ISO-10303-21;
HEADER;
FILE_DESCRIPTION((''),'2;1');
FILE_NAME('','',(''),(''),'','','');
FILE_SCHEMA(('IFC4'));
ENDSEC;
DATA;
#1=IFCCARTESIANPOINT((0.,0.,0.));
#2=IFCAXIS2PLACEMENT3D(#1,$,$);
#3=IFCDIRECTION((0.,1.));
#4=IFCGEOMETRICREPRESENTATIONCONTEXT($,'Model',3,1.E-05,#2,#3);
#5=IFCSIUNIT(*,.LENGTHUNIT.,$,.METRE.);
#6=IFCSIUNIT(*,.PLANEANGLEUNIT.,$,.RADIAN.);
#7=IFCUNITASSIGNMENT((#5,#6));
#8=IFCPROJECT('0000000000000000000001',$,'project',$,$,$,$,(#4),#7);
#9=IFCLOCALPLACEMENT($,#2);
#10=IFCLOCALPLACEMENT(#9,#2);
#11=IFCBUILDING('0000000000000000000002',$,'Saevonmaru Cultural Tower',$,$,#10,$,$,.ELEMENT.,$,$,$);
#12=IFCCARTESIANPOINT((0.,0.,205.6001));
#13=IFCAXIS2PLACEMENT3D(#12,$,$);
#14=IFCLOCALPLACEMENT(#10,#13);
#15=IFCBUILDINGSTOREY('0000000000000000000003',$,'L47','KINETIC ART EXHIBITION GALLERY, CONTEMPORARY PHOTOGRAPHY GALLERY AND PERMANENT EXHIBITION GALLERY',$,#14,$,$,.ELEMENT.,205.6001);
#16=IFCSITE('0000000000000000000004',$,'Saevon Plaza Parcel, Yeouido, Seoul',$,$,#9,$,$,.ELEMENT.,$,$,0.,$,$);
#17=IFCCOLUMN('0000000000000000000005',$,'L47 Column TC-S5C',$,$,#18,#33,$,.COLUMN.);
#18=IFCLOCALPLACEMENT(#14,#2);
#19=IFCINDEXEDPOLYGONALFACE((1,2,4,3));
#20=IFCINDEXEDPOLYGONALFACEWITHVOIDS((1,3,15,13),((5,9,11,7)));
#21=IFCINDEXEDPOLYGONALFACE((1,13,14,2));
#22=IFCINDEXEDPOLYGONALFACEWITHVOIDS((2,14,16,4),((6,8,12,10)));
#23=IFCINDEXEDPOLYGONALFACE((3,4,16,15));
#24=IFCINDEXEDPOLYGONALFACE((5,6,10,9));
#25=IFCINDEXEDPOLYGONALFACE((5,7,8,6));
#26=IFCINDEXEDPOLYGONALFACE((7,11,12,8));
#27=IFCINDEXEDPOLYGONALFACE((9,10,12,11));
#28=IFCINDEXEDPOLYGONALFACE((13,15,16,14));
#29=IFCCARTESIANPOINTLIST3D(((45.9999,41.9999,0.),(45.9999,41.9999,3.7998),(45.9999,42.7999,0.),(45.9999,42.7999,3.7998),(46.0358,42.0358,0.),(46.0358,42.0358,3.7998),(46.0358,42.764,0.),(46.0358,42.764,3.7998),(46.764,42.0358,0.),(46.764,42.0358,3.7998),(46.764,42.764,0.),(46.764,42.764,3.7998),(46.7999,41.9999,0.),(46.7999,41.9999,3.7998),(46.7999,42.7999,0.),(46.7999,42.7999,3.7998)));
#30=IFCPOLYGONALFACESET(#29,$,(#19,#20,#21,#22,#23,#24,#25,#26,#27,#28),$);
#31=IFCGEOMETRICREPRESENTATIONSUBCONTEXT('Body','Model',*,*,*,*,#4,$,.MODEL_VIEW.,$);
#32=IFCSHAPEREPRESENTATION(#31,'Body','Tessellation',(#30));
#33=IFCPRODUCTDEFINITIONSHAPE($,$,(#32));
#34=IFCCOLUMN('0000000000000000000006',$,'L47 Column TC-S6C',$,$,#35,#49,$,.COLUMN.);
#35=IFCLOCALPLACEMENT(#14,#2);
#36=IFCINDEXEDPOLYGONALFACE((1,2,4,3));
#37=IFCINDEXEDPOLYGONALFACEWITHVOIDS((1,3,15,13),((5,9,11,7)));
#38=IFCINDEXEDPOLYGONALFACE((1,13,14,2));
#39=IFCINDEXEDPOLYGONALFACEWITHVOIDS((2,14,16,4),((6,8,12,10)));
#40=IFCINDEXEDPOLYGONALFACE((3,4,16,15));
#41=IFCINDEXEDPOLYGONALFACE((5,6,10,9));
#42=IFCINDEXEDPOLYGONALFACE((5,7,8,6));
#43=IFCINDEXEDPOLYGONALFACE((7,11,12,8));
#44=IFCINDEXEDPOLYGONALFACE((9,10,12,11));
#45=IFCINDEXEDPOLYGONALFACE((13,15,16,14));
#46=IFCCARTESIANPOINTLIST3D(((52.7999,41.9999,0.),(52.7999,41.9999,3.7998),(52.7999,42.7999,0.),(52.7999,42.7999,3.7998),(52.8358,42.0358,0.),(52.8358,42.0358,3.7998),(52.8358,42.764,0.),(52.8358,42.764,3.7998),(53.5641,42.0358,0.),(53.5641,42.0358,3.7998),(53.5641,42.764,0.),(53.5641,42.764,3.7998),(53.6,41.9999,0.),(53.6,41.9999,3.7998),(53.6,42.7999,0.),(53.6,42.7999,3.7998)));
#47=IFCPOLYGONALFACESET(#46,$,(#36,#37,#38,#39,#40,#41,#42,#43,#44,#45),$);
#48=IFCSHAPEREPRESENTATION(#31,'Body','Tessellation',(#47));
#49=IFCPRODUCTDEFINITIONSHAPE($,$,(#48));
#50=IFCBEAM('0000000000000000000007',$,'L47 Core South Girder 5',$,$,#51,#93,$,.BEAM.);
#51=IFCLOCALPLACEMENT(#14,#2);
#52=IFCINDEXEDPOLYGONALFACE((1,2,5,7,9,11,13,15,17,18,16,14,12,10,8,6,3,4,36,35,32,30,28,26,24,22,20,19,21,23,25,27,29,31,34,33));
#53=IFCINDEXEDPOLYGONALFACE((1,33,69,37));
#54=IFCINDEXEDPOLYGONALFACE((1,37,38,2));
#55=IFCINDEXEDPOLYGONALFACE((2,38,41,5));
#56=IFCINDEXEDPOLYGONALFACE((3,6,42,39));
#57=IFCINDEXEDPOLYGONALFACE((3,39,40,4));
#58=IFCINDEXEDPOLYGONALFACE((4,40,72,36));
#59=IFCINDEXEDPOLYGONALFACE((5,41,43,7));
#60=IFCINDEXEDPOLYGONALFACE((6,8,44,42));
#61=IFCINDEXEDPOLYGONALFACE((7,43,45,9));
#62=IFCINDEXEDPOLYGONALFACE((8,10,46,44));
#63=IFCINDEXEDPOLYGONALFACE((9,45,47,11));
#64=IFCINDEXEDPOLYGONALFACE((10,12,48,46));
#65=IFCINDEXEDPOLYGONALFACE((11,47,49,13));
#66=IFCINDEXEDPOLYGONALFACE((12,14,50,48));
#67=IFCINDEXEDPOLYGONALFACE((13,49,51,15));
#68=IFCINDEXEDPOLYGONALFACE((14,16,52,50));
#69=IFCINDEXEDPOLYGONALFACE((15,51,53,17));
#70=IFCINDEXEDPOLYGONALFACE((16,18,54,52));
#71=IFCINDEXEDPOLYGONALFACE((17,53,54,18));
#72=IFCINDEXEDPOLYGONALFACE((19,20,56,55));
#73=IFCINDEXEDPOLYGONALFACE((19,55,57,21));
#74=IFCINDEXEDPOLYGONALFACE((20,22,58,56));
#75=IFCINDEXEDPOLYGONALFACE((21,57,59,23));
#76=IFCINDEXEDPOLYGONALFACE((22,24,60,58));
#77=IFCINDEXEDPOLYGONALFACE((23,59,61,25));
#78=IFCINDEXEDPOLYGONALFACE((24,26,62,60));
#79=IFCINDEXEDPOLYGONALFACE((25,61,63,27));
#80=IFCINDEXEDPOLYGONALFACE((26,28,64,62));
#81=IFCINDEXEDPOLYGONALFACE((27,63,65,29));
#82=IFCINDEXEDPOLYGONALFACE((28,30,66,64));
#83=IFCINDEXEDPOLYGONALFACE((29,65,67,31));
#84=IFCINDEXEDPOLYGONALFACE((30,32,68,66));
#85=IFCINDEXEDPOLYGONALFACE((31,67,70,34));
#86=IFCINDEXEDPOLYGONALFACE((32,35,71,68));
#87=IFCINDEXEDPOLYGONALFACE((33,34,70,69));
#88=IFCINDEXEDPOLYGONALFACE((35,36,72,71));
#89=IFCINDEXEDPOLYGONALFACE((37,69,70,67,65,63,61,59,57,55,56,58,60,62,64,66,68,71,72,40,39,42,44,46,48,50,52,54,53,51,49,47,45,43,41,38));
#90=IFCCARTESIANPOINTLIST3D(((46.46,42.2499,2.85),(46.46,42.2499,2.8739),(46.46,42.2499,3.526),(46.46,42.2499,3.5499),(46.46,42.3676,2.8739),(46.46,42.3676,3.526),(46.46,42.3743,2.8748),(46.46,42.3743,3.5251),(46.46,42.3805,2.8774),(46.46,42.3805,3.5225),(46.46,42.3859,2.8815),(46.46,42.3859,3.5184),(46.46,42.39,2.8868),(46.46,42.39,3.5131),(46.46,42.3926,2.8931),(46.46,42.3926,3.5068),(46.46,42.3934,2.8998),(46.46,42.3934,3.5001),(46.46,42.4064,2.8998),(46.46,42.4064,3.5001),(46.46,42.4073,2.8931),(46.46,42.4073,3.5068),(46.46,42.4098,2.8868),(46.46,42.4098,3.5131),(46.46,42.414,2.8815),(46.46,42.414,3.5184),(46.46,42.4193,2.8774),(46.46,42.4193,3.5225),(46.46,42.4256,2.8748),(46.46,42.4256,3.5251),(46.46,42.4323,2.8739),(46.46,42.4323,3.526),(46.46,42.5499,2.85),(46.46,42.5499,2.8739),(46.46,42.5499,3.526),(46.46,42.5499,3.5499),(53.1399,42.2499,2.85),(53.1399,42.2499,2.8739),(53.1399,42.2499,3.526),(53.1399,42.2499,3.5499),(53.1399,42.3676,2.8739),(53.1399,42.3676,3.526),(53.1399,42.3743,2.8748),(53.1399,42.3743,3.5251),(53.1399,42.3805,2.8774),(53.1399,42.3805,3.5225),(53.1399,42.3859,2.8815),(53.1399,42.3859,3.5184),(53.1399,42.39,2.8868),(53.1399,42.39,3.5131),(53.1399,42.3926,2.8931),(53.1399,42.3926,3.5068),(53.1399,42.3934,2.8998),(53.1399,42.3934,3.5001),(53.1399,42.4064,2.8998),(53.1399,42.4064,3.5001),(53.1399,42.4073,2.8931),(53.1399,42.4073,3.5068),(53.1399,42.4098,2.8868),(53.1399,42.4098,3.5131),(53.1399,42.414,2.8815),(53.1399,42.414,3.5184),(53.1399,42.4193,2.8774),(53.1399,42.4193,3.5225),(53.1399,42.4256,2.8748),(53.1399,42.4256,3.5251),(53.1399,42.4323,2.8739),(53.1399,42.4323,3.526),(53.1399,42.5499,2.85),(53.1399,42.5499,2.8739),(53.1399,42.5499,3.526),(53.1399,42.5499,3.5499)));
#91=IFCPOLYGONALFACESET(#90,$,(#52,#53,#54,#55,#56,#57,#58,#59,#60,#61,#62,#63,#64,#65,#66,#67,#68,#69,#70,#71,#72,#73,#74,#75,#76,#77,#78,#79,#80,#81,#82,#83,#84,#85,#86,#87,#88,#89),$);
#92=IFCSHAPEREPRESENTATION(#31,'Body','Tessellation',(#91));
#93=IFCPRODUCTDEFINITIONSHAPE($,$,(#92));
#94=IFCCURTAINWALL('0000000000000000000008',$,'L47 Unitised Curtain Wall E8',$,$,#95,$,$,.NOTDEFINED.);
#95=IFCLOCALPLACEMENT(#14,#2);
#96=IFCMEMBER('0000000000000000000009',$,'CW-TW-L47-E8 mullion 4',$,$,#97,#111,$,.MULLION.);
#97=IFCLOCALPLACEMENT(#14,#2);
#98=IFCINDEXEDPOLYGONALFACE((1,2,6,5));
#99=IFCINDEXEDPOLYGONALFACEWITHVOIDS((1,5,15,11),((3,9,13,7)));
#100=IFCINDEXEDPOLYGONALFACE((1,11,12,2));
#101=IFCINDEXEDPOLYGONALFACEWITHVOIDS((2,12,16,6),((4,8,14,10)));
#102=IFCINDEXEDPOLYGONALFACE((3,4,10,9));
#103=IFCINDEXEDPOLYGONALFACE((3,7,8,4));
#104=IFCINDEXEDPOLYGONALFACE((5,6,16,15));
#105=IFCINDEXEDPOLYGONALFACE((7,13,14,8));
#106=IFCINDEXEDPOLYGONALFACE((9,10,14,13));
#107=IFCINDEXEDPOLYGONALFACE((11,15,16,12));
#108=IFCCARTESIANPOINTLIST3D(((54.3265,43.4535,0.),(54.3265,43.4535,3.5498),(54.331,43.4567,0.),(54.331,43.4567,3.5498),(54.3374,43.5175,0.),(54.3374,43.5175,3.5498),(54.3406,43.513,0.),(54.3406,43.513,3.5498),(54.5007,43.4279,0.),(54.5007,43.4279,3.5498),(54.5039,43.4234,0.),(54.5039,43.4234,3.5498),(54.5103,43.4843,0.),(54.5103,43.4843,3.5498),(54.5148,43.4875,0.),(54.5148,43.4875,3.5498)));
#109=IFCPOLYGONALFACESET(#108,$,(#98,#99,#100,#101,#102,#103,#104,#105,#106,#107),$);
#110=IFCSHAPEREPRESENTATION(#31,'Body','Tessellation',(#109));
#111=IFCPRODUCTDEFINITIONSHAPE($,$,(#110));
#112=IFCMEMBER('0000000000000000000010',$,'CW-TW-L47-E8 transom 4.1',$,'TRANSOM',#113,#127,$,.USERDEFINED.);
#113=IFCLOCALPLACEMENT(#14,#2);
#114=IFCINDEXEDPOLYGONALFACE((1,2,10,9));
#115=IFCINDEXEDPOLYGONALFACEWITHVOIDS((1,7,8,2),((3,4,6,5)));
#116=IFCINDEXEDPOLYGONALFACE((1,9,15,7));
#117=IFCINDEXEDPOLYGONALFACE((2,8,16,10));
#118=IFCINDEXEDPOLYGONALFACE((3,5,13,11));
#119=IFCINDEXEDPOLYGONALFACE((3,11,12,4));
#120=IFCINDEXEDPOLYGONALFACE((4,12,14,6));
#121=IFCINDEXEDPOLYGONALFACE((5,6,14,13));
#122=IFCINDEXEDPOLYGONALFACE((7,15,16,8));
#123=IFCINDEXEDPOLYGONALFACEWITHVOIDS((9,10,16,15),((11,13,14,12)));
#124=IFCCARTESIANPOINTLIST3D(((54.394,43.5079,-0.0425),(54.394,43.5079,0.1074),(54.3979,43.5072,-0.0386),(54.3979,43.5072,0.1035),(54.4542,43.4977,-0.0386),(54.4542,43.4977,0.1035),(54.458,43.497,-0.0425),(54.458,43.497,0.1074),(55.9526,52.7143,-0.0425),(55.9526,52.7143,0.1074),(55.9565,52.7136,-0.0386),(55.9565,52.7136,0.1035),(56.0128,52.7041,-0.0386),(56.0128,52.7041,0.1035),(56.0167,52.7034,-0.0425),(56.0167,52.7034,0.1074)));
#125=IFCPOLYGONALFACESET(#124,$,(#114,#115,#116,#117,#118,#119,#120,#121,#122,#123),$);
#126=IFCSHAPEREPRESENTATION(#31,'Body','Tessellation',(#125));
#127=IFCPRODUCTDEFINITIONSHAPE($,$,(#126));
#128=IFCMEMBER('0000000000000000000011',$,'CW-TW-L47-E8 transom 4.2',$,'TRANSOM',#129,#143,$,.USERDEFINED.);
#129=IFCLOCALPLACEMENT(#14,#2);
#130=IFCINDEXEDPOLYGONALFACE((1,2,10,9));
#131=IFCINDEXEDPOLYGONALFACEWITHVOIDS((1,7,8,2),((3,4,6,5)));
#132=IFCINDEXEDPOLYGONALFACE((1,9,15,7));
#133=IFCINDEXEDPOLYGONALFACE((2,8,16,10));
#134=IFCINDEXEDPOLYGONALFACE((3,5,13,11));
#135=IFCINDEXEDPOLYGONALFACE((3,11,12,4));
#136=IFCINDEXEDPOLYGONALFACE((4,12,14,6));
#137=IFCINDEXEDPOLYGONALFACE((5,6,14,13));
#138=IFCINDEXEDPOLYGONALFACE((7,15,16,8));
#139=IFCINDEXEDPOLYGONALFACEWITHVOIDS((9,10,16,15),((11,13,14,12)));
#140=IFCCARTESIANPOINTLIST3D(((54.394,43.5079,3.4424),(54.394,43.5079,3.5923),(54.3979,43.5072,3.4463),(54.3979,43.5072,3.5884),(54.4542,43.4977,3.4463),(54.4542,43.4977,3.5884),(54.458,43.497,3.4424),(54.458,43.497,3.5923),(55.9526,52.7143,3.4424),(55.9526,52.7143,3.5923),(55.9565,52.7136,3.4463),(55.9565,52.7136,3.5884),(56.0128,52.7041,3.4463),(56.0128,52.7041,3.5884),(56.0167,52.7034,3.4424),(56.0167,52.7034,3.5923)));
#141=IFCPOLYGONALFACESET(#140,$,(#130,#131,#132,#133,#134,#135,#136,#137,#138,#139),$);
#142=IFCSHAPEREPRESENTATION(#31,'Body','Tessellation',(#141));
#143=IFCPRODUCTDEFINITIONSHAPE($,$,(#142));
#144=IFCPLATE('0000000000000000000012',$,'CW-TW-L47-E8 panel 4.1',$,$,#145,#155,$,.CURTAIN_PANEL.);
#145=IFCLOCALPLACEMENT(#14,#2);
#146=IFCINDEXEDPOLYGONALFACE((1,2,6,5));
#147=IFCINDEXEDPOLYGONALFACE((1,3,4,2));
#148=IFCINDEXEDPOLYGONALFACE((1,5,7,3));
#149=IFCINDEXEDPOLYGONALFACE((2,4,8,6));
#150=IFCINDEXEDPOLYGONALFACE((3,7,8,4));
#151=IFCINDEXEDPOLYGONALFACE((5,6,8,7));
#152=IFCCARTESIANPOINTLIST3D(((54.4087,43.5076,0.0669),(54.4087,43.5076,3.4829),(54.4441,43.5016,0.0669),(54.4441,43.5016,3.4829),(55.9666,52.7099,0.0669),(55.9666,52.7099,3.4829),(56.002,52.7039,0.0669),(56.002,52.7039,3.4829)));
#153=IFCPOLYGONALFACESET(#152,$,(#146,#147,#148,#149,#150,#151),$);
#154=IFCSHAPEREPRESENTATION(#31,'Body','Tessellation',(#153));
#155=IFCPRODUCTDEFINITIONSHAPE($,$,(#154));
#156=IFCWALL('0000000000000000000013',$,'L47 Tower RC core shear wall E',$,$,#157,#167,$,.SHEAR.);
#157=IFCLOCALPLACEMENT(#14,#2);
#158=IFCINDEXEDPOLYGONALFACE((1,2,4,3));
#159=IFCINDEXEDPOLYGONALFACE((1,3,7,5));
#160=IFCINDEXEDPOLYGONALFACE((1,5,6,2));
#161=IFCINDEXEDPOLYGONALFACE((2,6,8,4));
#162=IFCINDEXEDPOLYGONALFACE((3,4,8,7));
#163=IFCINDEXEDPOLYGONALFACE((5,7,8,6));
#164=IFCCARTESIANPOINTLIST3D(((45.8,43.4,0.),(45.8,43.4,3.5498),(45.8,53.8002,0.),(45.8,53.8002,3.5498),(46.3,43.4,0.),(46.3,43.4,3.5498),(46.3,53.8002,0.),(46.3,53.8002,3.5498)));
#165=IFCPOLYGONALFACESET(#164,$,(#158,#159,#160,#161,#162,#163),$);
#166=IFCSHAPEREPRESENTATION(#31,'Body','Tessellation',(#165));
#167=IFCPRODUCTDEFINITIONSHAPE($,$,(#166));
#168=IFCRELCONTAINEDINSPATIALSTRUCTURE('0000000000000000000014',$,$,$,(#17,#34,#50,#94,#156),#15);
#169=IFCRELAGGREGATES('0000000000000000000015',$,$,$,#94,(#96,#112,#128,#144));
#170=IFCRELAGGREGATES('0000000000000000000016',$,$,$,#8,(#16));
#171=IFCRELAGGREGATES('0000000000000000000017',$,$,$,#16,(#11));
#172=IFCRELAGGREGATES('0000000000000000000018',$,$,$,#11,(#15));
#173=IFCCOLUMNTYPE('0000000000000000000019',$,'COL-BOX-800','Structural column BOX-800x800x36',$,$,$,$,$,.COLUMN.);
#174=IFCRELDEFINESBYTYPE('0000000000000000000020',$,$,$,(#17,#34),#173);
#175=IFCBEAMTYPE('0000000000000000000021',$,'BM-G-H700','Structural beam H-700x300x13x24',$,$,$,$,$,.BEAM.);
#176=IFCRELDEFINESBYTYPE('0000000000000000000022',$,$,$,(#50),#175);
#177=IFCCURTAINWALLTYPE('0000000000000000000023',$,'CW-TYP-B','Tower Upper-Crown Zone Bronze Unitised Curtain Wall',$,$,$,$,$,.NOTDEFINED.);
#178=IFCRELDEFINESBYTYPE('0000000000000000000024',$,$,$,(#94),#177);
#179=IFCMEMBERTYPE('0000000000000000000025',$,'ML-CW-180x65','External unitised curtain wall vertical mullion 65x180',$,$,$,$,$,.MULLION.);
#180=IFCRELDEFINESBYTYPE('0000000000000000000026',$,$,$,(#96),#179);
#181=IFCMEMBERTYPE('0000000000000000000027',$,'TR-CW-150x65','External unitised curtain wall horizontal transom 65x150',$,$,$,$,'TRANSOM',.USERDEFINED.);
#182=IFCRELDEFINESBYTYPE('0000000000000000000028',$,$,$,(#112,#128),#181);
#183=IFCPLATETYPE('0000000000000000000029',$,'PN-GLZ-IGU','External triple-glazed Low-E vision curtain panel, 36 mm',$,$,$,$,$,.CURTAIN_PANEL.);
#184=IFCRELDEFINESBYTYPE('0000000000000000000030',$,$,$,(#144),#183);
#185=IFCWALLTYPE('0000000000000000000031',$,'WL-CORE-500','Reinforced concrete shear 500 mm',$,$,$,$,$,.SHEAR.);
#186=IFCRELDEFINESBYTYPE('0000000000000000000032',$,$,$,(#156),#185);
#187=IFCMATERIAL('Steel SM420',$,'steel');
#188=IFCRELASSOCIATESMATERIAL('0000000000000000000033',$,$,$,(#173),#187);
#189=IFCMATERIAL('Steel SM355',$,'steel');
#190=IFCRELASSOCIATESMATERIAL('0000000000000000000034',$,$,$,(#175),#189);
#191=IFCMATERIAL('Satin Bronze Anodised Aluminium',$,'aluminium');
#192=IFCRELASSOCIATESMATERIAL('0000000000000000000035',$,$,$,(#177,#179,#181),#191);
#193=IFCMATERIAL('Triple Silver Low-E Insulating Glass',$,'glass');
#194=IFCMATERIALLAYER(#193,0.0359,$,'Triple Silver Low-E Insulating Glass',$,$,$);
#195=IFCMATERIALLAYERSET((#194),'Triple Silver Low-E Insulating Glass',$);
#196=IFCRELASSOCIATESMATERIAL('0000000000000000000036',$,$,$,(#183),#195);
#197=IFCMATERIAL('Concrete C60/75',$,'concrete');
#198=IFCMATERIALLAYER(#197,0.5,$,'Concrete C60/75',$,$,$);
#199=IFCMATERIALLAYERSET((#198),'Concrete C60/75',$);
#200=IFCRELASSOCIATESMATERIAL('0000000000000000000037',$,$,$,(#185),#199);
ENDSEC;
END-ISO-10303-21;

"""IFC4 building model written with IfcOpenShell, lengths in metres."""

from ifc_helpers import new_model, si_unit, direction, frame, frame_2d, origin, origin_2d, place, context, subcontext, project, spatial, rectangle, hollow_rectangle, i_section, extrude, material, layer, layer_set, material_profile, profile_set, type_object, element, aggregate, save


model = new_model("IFC4")

# Units and contexts
model_context = context("Model", 3, precision=1e-05, world=origin(), true_north=direction((0.0, 1.0)))
body_context = subcontext(model_context, "Body", "Model", "MODEL_VIEW")
ifc_project = project(units=[si_unit("LENGTHUNIT", "METRE"), si_unit("PLANEANGLEUNIT", "RADIAN")], contexts=[model_context])

# Site, building, storey
site_placement = place(None, origin())
site = spatial("IfcSite", under=ifc_project, at=site_placement, Name="Saevon Plaza Parcel, Yeouido, Seoul", CompositionType="ELEMENT", RefElevation=0.0)
building_placement = place(site_placement, origin())
building = spatial("IfcBuilding", under=site, at=building_placement, Name="Saevonmaru Cultural Tower", CompositionType="ELEMENT")
storey_placement = place(building_placement, frame((0.0, 0.0, 205.6001)))
storey = spatial("IfcBuildingStorey", under=building, at=storey_placement, Name="L47", Description="KINETIC ART EXHIBITION GALLERY, CONTEMPORARY PHOTOGRAPHY GALLERY AND PERMANENT EXHIBITION GALLERY", CompositionType="ELEMENT", Elevation=205.6001)

# Columns
ifc_material_1 = material(Name="Steel SM420", Category="steel")
ifc_material_profile_1 = material_profile(ifc_material_1, hollow_rectangle(XDim=0.8, YDim=0.8, WallThickness=0.0359, at=origin_2d()), Name="BOX-800x800x36")
ifc_profile_set_1 = profile_set([ifc_material_profile_1], Name="Steel SM420")
column_type = type_object("IfcColumnType", Name="COL-BOX-800", Description="Structural column BOX-800x800x36", PredefinedType="COLUMN", material=ifc_profile_set_1)
for number, where, z_axis, x_axis, name in (
    (1, (46.3999, 42.3999, 0.0), (0.0, 0.0, 1.0), (1.0, 0.0, 0.0), "L47 Column TC-S5C"),
    (2, (53.2, 42.3999, 0.0), (0.0, 0.0, 1.0), (1.0, 0.0, 0.0), "L47 Column TC-S6C"),
):
    element("IfcColumn", number, at=place(storey_placement, frame(where, z_axis=z_axis, x_axis=x_axis)), inside=storey, type_object=column_type, Name=name, PredefinedType="COLUMN", context=body_context, shape_type="SweptSolid", body=[
        extrude(hollow_rectangle(XDim=0.8, YDim=0.8, WallThickness=0.0359, at=origin_2d()), origin(), (0.0, 0.0, 1.0), 3.7998),
    ])

# Beam
ifc_material_2 = material(Name="Steel SM355", Category="steel")
ifc_material_profile_2 = material_profile(ifc_material_2, i_section(OverallWidth=0.3, OverallDepth=0.7, WebThickness=0.0129, FlangeThickness=0.0239, FilletRadius=0.0259, at=origin_2d()), Name="H-700x300x13x24")
ifc_profile_set_2 = profile_set([ifc_material_profile_2], Name="Steel SM355")
beam_type = type_object("IfcBeamType", Name="BM-G-H700", Description="Structural beam H-700x300x13x24", PredefinedType="BEAM", material=ifc_profile_set_2)
beam_placement = place(storey_placement, frame((46.46, 42.3999, 3.2), z_axis=(1.0, 0.0, 0.0), x_axis=(0.0, 1.0, 0.0)))
element("IfcBeam", 3, at=beam_placement, inside=storey, type_object=beam_type, Name="L47 Core South Girder 5", PredefinedType="BEAM", context=body_context, shape_type="SweptSolid", body=[
    extrude(i_section(OverallWidth=0.3, OverallDepth=0.7, WebThickness=0.0129, FlangeThickness=0.0239, FilletRadius=0.0259, at=origin_2d()), origin(), (0.0, 0.0, 1.0), 6.6799),
])

# Curtain wall, members, plate
ifc_material_3 = material(Name="Satin Bronze Anodised Aluminium", Category="aluminium")
curtain_wall_type = type_object("IfcCurtainWallType", Name="CW-TYP-B", Description="Tower Upper-Crown Zone Bronze Unitised Curtain Wall", PredefinedType="NOTDEFINED", material=ifc_material_3)
curtain_wall_placement = place(storey_placement, origin())
curtain_wall = element("IfcCurtainWall", 4, at=curtain_wall_placement, inside=storey, type_object=curtain_wall_type, Name="L47 Unitised Curtain Wall E8", PredefinedType="NOTDEFINED")
ifc_material_profile_3 = material_profile(ifc_material_3, hollow_rectangle(XDim=0.0649, YDim=0.1799, WallThickness=0.0039, at=origin_2d()), Name="ALU-MULL-180x65x4")
ifc_profile_set_3 = profile_set([ifc_material_profile_3], Name="Satin Bronze Anodised Aluminium")
member_type_1 = type_object("IfcMemberType", Name="ML-CW-180x65", Description="External unitised curtain wall vertical mullion 65x180", PredefinedType="MULLION", material=ifc_profile_set_3)
member_1_placement = place(storey_placement, frame((54.4207, 43.4705, 0.0), z_axis=(0.0, 0.0, 1.0), x_axis=(0.166922, 0.98597, 0.0)))
member_1 = element("IfcMember", 5, at=member_1_placement, type_object=member_type_1, Name="CW-TW-L47-E8 mullion 4", PredefinedType="MULLION", context=body_context, shape_type="SweptSolid", body=[
    extrude(hollow_rectangle(XDim=0.0649, YDim=0.1799, WallThickness=0.0039, at=origin_2d()), origin(), (0.0, 0.0, 1.0), 3.5498),
])
ifc_material_profile_4 = material_profile(ifc_material_3, hollow_rectangle(XDim=0.0649, YDim=0.1499, WallThickness=0.0039, at=origin_2d()), Name="ALU-TRAN-150x65x4")
ifc_profile_set_4 = profile_set([ifc_material_profile_4], Name="Satin Bronze Anodised Aluminium")
member_type_2 = type_object("IfcMemberType", Name="TR-CW-150x65", Description="External unitised curtain wall horizontal transom 65x150", ElementType="TRANSOM", PredefinedType="USERDEFINED", material=ifc_profile_set_4)
member_2_placement = place(storey_placement, frame((54.426, 43.5024, 0.0325), z_axis=(0.166921, 0.98597, 0.0), x_axis=(-0.98597, 0.166921, 0.0)))
member_2 = element("IfcMember", 6, at=member_2_placement, type_object=member_type_2, Name="CW-TW-L47-E8 transom 4.1", ObjectType="TRANSOM", PredefinedType="USERDEFINED", context=body_context, shape_type="SweptSolid", body=[
    extrude(hollow_rectangle(XDim=0.0649, YDim=0.1499, WallThickness=0.0039, at=origin_2d()), origin(), (0.0, 0.0, 1.0), 9.3374),
])
member_3_placement = place(storey_placement, frame((54.426, 43.5024, 3.5173), z_axis=(0.166921, 0.98597, 0.0), x_axis=(-0.98597, 0.166921, 0.0)))
member_3 = element("IfcMember", 7, at=member_3_placement, type_object=member_type_2, Name="CW-TW-L47-E8 transom 4.2", ObjectType="TRANSOM", PredefinedType="USERDEFINED", context=body_context, shape_type="SweptSolid", body=[
    extrude(hollow_rectangle(XDim=0.0649, YDim=0.1499, WallThickness=0.0039, at=origin_2d()), origin(), (0.0, 0.0, 1.0), 9.3374),
])
ifc_material_4 = material(Name="Triple Silver Low-E Insulating Glass", Category="glass")
ifc_layer_1 = layer(ifc_material_4, 0.0359, Name="Triple Silver Low-E Insulating Glass")
ifc_layer_set_1 = layer_set([ifc_layer_1], Name="Triple Silver Low-E Insulating Glass")
plate_type = type_object("IfcPlateType", Name="PN-GLZ-IGU", Description="External triple-glazed Low-E vision curtain panel, 36 mm", PredefinedType="CURTAIN_PANEL", material=ifc_layer_set_1)
plate_placement = place(storey_placement, frame((55.2053, 48.1057, 0.0669), z_axis=(0.0, 0.0, 1.0), x_axis=(0.166922, 0.98597, 0.0)))
plate = element("IfcPlate", 8, at=plate_placement, type_object=plate_type, Name="CW-TW-L47-E8 panel 4.1", PredefinedType="CURTAIN_PANEL", context=body_context, shape_type="SweptSolid", body=[
    extrude(rectangle(XDim=9.3333, YDim=0.0359, at=origin_2d()), origin(), (0.0, 0.0, 1.0), 3.416),
])
aggregate(curtain_wall, [member_1, member_2, member_3, plate])

# Wall
ifc_material_5 = material(Name="Concrete C60/75", Category="concrete")
ifc_layer_2 = layer(ifc_material_5, 0.5, Name="Concrete C60/75")
ifc_layer_set_2 = layer_set([ifc_layer_2], Name="Concrete C60/75")
wall_type_1 = type_object("IfcWallType", Name="WL-CORE-500", Description="Reinforced concrete shear 500 mm", PredefinedType="SHEAR", material=ifc_layer_set_2)
wall_1_placement = place(storey_placement, frame((46.05, 43.3999, 0.0), z_axis=(0.0, 0.0, 1.0), x_axis=(0.0, 1.0, 0.0)))
element("IfcWall", 9, at=wall_1_placement, inside=storey, type_object=wall_type_1, Name="L47 Tower RC core shear wall E", PredefinedType="SHEAR", context=body_context, shape_type="SweptSolid", body=[
    extrude(rectangle(XDim=10.4001, YDim=0.5, at=frame_2d((5.2002, 0.0))), origin(), (0.0, 0.0, 1.0), 3.5498),
])

save(model, "model.ifc")
